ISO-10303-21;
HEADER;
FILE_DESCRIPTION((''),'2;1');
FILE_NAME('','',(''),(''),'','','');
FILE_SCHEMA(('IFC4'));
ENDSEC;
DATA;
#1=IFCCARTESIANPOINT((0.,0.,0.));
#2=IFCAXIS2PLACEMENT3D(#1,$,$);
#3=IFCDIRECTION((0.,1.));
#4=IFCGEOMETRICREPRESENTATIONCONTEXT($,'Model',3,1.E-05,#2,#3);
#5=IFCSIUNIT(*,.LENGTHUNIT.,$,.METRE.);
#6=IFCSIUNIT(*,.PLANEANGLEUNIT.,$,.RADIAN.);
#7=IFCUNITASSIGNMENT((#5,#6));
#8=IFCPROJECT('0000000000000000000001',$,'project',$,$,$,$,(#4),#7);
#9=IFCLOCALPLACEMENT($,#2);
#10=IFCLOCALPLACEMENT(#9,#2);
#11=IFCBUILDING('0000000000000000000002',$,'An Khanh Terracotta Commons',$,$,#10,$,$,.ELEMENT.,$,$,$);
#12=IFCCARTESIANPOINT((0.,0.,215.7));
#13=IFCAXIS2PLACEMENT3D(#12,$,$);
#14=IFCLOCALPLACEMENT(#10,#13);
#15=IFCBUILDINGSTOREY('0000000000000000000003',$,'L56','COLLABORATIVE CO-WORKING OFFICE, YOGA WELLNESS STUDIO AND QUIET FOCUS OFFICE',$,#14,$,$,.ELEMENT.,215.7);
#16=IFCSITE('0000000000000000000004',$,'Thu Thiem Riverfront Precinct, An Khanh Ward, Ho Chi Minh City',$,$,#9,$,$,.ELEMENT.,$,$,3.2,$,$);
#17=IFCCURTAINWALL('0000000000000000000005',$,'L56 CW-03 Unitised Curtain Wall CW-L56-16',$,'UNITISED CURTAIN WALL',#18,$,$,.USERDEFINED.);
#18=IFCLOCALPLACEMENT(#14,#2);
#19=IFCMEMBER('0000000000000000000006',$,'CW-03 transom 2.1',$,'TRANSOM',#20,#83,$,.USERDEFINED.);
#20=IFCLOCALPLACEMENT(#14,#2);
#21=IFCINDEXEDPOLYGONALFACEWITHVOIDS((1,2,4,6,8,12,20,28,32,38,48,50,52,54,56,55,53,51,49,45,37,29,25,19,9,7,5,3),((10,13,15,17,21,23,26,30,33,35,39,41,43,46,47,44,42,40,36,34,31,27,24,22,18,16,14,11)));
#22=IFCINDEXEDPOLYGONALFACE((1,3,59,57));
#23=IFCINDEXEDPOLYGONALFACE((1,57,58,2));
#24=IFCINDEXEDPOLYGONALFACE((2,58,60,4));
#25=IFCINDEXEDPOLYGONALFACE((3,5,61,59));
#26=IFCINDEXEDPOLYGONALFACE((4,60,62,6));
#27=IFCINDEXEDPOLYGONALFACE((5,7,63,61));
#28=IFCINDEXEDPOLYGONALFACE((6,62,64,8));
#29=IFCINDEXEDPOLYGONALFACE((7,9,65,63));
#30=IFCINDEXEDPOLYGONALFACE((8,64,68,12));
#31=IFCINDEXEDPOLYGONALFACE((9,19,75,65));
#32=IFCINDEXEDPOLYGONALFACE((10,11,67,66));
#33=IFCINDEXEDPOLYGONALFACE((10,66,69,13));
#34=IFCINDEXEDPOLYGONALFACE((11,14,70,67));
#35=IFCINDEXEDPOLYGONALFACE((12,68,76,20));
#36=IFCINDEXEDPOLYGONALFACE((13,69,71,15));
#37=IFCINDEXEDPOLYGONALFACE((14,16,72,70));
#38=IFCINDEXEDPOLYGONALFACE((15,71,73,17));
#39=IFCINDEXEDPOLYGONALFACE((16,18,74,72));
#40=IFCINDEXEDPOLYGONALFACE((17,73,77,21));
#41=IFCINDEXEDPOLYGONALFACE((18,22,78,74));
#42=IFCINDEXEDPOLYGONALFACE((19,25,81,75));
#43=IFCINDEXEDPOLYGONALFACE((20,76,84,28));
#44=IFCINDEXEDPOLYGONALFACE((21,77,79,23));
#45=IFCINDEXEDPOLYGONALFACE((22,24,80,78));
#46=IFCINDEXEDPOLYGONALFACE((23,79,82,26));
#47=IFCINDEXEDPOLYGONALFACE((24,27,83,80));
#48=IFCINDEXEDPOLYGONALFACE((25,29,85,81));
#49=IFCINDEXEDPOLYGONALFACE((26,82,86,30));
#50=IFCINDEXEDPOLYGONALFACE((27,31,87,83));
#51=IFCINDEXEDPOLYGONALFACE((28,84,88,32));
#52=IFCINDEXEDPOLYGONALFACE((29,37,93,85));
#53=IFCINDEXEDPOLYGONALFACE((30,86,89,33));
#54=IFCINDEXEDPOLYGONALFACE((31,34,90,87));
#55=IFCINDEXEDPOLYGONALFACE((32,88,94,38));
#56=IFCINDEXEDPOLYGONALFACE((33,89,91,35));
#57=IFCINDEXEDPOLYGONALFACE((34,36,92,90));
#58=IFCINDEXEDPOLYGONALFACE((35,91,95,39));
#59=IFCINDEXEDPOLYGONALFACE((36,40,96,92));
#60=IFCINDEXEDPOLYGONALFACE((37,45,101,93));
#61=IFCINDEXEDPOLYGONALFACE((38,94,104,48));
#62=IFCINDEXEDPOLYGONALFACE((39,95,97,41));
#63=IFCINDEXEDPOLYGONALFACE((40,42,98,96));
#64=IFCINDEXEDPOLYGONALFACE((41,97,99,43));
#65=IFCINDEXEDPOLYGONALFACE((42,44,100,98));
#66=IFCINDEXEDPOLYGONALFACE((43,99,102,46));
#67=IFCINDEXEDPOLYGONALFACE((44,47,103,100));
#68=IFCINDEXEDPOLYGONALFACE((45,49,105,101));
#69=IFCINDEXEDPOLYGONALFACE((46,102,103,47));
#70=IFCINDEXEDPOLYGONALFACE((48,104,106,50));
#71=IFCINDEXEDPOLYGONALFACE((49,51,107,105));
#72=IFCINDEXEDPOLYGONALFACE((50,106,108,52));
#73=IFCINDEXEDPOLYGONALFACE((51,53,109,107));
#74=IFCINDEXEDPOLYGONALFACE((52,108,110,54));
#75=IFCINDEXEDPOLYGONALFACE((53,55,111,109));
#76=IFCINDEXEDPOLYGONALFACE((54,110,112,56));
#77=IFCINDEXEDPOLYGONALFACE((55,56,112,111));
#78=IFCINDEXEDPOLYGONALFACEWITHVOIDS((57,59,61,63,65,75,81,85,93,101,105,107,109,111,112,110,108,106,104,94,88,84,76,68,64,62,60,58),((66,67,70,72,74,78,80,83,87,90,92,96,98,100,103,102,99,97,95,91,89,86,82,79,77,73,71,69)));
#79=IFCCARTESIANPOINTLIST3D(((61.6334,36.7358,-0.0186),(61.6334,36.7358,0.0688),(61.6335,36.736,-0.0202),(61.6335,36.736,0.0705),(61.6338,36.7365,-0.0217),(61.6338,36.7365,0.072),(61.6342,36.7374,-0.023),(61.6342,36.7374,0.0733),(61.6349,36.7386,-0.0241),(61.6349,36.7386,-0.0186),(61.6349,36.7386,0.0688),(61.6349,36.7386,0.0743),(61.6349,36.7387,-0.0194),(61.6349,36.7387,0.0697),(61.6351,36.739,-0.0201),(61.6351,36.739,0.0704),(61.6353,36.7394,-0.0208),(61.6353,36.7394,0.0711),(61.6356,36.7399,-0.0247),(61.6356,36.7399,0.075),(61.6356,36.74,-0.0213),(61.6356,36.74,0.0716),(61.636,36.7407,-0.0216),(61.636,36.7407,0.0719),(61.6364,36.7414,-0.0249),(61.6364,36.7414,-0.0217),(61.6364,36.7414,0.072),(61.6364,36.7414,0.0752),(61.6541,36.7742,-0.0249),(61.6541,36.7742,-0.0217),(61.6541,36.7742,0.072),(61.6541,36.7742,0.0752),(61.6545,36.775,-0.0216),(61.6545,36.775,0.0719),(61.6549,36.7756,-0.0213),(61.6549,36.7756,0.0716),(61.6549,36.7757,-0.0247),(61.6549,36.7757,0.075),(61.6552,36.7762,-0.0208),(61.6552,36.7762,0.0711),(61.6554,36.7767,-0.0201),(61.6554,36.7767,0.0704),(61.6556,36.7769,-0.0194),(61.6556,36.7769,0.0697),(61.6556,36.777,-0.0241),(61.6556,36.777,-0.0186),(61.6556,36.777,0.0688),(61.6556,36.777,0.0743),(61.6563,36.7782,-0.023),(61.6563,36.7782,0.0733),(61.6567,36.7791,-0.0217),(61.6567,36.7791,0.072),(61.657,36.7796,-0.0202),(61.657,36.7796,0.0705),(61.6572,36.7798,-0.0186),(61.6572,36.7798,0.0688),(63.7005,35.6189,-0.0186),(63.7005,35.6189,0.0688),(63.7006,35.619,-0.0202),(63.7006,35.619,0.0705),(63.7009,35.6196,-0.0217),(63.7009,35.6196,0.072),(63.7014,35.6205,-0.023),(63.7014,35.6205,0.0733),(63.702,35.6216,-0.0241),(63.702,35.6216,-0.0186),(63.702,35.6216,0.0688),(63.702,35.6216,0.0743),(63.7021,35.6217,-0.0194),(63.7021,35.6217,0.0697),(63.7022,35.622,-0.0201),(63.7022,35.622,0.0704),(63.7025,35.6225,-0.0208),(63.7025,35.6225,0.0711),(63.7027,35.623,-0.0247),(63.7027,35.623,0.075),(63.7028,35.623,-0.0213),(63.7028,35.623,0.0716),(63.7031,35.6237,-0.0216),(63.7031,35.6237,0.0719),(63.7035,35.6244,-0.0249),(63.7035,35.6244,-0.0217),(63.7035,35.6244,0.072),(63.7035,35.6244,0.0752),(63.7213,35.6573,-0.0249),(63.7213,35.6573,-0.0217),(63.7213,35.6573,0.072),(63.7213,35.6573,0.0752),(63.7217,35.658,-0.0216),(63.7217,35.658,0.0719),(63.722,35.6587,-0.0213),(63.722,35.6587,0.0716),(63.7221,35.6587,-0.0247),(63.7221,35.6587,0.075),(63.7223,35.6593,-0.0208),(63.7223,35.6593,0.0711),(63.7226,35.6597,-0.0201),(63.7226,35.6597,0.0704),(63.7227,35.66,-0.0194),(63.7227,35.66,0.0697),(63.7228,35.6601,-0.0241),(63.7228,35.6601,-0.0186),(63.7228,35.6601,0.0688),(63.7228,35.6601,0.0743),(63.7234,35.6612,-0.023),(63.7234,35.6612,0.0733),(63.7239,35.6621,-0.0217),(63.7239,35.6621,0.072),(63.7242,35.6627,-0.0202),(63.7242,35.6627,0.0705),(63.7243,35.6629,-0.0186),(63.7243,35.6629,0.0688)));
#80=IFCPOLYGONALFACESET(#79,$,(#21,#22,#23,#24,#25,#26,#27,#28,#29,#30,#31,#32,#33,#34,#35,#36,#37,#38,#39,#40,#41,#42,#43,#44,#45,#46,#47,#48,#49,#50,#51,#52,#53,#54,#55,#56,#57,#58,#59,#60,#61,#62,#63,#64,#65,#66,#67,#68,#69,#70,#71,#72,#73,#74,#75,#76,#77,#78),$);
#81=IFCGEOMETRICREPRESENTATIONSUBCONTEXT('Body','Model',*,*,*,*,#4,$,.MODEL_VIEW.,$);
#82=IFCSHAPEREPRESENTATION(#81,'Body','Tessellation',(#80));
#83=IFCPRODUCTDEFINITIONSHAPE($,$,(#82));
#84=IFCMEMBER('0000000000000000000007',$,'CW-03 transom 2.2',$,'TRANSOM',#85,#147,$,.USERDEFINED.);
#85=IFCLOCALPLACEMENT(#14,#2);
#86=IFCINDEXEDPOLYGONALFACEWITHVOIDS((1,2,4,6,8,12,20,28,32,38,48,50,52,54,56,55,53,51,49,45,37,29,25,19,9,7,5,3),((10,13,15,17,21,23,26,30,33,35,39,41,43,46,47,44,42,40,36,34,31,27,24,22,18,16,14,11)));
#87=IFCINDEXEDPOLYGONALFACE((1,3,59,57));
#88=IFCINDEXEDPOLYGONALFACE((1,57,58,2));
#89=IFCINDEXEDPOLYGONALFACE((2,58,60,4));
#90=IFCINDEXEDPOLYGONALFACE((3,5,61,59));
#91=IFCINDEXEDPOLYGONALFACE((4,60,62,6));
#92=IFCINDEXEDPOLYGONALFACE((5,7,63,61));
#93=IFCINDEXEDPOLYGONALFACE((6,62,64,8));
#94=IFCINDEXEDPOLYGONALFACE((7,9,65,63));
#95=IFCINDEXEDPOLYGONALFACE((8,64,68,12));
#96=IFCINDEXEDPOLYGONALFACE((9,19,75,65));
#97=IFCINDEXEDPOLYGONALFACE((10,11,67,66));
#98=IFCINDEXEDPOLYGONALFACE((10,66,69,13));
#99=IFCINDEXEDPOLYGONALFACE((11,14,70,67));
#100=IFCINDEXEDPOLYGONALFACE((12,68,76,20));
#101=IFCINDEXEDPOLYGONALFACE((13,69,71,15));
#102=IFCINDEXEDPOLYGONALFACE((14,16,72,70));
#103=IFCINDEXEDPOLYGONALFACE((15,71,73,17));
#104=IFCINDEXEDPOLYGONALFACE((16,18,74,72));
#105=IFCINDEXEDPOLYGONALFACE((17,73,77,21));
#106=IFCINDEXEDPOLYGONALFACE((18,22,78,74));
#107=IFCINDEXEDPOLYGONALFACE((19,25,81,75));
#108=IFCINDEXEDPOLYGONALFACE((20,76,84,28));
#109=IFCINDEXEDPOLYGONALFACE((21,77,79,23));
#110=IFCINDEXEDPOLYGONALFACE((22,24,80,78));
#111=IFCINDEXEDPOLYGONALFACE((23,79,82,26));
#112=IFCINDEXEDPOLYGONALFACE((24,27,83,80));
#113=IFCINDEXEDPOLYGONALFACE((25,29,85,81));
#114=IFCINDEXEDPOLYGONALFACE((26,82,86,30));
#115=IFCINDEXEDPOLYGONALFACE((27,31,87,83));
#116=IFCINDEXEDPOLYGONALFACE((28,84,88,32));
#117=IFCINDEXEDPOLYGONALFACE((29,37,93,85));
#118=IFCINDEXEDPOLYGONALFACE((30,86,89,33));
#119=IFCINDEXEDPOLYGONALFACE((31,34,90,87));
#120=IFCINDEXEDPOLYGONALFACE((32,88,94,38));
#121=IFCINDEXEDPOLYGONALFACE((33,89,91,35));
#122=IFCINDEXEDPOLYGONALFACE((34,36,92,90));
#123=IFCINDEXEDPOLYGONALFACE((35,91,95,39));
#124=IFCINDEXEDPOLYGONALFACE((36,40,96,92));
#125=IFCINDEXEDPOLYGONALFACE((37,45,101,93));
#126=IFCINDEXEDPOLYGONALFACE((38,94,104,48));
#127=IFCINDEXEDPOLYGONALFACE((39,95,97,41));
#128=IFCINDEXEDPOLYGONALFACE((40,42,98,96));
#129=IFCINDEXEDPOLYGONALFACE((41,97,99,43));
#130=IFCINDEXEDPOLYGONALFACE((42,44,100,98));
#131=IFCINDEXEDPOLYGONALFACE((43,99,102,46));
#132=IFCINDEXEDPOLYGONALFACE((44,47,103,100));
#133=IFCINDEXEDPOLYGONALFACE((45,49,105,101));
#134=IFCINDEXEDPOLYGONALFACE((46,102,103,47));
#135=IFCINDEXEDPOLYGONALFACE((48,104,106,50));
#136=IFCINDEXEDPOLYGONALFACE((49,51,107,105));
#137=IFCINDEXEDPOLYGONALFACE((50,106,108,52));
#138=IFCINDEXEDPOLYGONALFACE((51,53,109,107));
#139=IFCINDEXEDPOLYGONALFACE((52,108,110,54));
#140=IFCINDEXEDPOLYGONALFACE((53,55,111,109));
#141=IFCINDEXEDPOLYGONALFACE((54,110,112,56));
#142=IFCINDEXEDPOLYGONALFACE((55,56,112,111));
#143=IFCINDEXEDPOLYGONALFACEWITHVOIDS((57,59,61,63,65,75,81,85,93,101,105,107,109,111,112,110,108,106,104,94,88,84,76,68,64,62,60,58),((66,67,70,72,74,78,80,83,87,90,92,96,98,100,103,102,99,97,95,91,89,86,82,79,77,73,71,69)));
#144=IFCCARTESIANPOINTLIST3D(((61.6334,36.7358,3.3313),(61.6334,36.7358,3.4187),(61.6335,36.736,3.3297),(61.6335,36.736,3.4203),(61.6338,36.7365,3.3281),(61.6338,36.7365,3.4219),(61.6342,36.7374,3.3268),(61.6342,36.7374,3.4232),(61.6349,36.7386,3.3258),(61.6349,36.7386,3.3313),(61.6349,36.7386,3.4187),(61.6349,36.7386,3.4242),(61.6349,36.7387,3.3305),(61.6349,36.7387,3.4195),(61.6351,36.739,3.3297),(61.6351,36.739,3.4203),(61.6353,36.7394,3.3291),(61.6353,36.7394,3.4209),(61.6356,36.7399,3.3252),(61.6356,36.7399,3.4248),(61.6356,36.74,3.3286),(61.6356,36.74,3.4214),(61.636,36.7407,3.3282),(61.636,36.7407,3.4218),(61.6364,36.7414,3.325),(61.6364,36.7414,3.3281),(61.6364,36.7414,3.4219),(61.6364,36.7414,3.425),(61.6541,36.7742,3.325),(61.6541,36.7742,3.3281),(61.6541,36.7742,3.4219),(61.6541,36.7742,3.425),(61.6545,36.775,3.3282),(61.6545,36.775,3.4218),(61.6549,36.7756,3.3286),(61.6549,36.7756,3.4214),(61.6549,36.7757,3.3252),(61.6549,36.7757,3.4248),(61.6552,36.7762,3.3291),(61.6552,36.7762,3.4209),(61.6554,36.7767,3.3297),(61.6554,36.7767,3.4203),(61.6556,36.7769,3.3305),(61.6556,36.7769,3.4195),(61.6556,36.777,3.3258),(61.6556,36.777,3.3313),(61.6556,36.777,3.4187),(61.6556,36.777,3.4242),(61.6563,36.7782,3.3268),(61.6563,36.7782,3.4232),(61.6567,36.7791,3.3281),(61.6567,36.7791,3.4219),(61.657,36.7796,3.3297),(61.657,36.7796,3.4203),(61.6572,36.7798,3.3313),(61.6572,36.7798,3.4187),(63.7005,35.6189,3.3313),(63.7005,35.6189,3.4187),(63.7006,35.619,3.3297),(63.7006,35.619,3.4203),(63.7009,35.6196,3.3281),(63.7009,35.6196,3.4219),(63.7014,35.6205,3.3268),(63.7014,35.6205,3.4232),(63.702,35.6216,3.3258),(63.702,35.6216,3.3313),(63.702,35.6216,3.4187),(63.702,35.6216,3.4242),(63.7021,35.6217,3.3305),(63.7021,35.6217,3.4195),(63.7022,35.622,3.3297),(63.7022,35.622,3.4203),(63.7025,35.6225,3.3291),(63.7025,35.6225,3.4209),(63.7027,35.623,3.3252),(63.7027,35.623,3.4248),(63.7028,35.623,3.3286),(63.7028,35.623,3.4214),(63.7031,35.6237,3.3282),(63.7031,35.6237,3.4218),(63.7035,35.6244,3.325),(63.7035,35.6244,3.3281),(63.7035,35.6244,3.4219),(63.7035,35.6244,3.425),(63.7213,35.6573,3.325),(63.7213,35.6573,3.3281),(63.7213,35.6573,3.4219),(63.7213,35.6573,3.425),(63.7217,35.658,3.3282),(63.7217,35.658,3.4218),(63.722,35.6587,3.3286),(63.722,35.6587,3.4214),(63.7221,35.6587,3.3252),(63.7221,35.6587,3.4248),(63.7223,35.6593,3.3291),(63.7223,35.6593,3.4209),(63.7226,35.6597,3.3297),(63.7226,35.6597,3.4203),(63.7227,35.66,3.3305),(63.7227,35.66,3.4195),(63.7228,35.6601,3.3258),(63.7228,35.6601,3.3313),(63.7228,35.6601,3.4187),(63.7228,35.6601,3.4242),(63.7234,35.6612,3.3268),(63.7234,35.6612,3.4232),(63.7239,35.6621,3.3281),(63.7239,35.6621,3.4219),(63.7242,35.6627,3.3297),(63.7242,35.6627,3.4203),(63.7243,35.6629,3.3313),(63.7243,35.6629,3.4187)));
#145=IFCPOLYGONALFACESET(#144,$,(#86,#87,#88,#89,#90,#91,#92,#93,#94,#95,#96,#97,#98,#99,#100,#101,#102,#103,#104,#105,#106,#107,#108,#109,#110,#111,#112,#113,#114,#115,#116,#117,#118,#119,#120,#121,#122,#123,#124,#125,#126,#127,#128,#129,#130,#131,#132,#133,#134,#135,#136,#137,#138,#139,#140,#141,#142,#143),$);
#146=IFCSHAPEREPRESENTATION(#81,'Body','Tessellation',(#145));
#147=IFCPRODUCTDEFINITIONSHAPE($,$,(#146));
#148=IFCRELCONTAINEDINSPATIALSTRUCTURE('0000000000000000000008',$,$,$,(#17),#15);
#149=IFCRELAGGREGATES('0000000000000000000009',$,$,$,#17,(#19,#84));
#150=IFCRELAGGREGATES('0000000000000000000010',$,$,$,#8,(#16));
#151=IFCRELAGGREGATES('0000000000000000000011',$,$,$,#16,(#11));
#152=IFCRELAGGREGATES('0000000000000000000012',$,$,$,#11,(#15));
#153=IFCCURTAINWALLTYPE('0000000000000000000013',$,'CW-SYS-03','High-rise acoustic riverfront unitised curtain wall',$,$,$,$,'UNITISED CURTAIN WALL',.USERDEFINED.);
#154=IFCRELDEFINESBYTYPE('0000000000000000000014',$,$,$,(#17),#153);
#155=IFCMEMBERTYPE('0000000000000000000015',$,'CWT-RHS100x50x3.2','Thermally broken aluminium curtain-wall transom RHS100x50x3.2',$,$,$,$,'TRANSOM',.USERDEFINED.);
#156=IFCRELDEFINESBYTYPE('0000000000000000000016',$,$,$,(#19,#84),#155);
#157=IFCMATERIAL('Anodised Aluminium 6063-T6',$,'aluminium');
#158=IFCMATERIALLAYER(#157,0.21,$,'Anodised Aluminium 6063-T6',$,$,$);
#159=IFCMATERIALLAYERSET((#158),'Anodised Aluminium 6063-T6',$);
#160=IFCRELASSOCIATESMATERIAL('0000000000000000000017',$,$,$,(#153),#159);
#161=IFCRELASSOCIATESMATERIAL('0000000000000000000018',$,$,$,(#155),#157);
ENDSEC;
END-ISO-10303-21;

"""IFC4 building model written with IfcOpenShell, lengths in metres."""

from ifc_helpers import new_model, si_unit, direction, frame, origin, origin_2d, place, context, subcontext, project, spatial, hollow_rectangle, extrude, material, layer, layer_set, material_profile, profile_set, type_object, element, aggregate, save


model = new_model("IFC4")

# Units and contexts
model_context = context("Model", 3, precision=1e-05, world=origin(), true_north=direction((0.0, 1.0)))
body_context = subcontext(model_context, "Body", "Model", "MODEL_VIEW")
ifc_project = project(units=[si_unit("LENGTHUNIT", "METRE"), si_unit("PLANEANGLEUNIT", "RADIAN")], contexts=[model_context])

# Site, building, storey
site_placement = place(None, origin())
site = spatial("IfcSite", under=ifc_project, at=site_placement, Name="Thu Thiem Riverfront Precinct, An Khanh Ward, Ho Chi Minh City", CompositionType="ELEMENT", RefElevation=3.2)
building_placement = place(site_placement, origin())
building = spatial("IfcBuilding", under=site, at=building_placement, Name="An Khanh Terracotta Commons", CompositionType="ELEMENT")
storey_placement = place(building_placement, frame((0.0, 0.0, 215.7)))
storey = spatial("IfcBuildingStorey", under=building, at=storey_placement, Name="L56", Description="COLLABORATIVE CO-WORKING OFFICE, YOGA WELLNESS STUDIO AND QUIET FOCUS OFFICE", CompositionType="ELEMENT", Elevation=215.7)

# Curtain wall
ifc_material_1 = material(Name="Anodised Aluminium 6063-T6", Category="aluminium")
ifc_layer_1 = layer(ifc_material_1, 0.21, Name="Anodised Aluminium 6063-T6")
ifc_layer_set_1 = layer_set([ifc_layer_1], Name="Anodised Aluminium 6063-T6")
curtain_wall_type = type_object("IfcCurtainWallType", Name="CW-SYS-03", Description="High-rise acoustic riverfront unitised curtain wall", ElementType="UNITISED CURTAIN WALL", PredefinedType="USERDEFINED", material=ifc_layer_set_1)
curtain_wall_1_placement = place(storey_placement, origin())
curtain_wall_1 = element("IfcCurtainWall", 1, at=curtain_wall_1_placement, inside=storey, type_object=curtain_wall_type, Name="L56 CW-03 Unitised Curtain Wall CW-L56-16", ObjectType="UNITISED CURTAIN WALL", PredefinedType="USERDEFINED")

# Members
ifc_material_profile_1 = material_profile(ifc_material_1, hollow_rectangle(XDim=0.05, YDim=0.1001, WallThickness=0.0032, InnerFilletRadius=0.0032, OuterFilletRadius=0.0063, at=origin_2d()), Name="RHS100x50x3.2")
ifc_profile_set_1 = profile_set([ifc_material_profile_1], Name="Anodised Aluminium 6063-T6")
member_type_1 = type_object("IfcMemberType", Name="CWT-RHS100x50x3.2", Description="Thermally broken aluminium curtain-wall transom RHS100x50x3.2", ElementType="TRANSOM", PredefinedType="USERDEFINED", material=ifc_profile_set_1)
member_1_placement = place(storey_placement, frame((63.7124, 35.6409, 0.0251), z_axis=(-0.879783, 0.475376, 0.0), x_axis=(-0.475376, -0.879783, 0.0)))
member_1 = element("IfcMember", 2, at=member_1_placement, type_object=member_type_1, Name="CW-03 transom 2.1", ObjectType="TRANSOM", PredefinedType="USERDEFINED", context=body_context, shape_type="SweptSolid", body=[
    extrude(hollow_rectangle(XDim=0.05, YDim=0.1001, WallThickness=0.0032, InnerFilletRadius=0.0032, OuterFilletRadius=0.0063, at=origin_2d()), origin(), (0.0, 0.0, 1.0), 2.3496),
])
member_2_placement = place(storey_placement, frame((63.7124, 35.6409, 3.375), z_axis=(-0.879783, 0.475376, 0.0), x_axis=(-0.475376, -0.879783, 0.0)))
member_2 = element("IfcMember", 3, at=member_2_placement, type_object=member_type_1, Name="CW-03 transom 2.2", ObjectType="TRANSOM", PredefinedType="USERDEFINED", context=body_context, shape_type="SweptSolid", body=[
    extrude(hollow_rectangle(XDim=0.05, YDim=0.1001, WallThickness=0.0032, InnerFilletRadius=0.0032, OuterFilletRadius=0.0063, at=origin_2d()), origin(), (0.0, 0.0, 1.0), 2.3496),
])

aggregate(curtain_wall_1, [member_1, member_2])

save(model, "model.ifc")
